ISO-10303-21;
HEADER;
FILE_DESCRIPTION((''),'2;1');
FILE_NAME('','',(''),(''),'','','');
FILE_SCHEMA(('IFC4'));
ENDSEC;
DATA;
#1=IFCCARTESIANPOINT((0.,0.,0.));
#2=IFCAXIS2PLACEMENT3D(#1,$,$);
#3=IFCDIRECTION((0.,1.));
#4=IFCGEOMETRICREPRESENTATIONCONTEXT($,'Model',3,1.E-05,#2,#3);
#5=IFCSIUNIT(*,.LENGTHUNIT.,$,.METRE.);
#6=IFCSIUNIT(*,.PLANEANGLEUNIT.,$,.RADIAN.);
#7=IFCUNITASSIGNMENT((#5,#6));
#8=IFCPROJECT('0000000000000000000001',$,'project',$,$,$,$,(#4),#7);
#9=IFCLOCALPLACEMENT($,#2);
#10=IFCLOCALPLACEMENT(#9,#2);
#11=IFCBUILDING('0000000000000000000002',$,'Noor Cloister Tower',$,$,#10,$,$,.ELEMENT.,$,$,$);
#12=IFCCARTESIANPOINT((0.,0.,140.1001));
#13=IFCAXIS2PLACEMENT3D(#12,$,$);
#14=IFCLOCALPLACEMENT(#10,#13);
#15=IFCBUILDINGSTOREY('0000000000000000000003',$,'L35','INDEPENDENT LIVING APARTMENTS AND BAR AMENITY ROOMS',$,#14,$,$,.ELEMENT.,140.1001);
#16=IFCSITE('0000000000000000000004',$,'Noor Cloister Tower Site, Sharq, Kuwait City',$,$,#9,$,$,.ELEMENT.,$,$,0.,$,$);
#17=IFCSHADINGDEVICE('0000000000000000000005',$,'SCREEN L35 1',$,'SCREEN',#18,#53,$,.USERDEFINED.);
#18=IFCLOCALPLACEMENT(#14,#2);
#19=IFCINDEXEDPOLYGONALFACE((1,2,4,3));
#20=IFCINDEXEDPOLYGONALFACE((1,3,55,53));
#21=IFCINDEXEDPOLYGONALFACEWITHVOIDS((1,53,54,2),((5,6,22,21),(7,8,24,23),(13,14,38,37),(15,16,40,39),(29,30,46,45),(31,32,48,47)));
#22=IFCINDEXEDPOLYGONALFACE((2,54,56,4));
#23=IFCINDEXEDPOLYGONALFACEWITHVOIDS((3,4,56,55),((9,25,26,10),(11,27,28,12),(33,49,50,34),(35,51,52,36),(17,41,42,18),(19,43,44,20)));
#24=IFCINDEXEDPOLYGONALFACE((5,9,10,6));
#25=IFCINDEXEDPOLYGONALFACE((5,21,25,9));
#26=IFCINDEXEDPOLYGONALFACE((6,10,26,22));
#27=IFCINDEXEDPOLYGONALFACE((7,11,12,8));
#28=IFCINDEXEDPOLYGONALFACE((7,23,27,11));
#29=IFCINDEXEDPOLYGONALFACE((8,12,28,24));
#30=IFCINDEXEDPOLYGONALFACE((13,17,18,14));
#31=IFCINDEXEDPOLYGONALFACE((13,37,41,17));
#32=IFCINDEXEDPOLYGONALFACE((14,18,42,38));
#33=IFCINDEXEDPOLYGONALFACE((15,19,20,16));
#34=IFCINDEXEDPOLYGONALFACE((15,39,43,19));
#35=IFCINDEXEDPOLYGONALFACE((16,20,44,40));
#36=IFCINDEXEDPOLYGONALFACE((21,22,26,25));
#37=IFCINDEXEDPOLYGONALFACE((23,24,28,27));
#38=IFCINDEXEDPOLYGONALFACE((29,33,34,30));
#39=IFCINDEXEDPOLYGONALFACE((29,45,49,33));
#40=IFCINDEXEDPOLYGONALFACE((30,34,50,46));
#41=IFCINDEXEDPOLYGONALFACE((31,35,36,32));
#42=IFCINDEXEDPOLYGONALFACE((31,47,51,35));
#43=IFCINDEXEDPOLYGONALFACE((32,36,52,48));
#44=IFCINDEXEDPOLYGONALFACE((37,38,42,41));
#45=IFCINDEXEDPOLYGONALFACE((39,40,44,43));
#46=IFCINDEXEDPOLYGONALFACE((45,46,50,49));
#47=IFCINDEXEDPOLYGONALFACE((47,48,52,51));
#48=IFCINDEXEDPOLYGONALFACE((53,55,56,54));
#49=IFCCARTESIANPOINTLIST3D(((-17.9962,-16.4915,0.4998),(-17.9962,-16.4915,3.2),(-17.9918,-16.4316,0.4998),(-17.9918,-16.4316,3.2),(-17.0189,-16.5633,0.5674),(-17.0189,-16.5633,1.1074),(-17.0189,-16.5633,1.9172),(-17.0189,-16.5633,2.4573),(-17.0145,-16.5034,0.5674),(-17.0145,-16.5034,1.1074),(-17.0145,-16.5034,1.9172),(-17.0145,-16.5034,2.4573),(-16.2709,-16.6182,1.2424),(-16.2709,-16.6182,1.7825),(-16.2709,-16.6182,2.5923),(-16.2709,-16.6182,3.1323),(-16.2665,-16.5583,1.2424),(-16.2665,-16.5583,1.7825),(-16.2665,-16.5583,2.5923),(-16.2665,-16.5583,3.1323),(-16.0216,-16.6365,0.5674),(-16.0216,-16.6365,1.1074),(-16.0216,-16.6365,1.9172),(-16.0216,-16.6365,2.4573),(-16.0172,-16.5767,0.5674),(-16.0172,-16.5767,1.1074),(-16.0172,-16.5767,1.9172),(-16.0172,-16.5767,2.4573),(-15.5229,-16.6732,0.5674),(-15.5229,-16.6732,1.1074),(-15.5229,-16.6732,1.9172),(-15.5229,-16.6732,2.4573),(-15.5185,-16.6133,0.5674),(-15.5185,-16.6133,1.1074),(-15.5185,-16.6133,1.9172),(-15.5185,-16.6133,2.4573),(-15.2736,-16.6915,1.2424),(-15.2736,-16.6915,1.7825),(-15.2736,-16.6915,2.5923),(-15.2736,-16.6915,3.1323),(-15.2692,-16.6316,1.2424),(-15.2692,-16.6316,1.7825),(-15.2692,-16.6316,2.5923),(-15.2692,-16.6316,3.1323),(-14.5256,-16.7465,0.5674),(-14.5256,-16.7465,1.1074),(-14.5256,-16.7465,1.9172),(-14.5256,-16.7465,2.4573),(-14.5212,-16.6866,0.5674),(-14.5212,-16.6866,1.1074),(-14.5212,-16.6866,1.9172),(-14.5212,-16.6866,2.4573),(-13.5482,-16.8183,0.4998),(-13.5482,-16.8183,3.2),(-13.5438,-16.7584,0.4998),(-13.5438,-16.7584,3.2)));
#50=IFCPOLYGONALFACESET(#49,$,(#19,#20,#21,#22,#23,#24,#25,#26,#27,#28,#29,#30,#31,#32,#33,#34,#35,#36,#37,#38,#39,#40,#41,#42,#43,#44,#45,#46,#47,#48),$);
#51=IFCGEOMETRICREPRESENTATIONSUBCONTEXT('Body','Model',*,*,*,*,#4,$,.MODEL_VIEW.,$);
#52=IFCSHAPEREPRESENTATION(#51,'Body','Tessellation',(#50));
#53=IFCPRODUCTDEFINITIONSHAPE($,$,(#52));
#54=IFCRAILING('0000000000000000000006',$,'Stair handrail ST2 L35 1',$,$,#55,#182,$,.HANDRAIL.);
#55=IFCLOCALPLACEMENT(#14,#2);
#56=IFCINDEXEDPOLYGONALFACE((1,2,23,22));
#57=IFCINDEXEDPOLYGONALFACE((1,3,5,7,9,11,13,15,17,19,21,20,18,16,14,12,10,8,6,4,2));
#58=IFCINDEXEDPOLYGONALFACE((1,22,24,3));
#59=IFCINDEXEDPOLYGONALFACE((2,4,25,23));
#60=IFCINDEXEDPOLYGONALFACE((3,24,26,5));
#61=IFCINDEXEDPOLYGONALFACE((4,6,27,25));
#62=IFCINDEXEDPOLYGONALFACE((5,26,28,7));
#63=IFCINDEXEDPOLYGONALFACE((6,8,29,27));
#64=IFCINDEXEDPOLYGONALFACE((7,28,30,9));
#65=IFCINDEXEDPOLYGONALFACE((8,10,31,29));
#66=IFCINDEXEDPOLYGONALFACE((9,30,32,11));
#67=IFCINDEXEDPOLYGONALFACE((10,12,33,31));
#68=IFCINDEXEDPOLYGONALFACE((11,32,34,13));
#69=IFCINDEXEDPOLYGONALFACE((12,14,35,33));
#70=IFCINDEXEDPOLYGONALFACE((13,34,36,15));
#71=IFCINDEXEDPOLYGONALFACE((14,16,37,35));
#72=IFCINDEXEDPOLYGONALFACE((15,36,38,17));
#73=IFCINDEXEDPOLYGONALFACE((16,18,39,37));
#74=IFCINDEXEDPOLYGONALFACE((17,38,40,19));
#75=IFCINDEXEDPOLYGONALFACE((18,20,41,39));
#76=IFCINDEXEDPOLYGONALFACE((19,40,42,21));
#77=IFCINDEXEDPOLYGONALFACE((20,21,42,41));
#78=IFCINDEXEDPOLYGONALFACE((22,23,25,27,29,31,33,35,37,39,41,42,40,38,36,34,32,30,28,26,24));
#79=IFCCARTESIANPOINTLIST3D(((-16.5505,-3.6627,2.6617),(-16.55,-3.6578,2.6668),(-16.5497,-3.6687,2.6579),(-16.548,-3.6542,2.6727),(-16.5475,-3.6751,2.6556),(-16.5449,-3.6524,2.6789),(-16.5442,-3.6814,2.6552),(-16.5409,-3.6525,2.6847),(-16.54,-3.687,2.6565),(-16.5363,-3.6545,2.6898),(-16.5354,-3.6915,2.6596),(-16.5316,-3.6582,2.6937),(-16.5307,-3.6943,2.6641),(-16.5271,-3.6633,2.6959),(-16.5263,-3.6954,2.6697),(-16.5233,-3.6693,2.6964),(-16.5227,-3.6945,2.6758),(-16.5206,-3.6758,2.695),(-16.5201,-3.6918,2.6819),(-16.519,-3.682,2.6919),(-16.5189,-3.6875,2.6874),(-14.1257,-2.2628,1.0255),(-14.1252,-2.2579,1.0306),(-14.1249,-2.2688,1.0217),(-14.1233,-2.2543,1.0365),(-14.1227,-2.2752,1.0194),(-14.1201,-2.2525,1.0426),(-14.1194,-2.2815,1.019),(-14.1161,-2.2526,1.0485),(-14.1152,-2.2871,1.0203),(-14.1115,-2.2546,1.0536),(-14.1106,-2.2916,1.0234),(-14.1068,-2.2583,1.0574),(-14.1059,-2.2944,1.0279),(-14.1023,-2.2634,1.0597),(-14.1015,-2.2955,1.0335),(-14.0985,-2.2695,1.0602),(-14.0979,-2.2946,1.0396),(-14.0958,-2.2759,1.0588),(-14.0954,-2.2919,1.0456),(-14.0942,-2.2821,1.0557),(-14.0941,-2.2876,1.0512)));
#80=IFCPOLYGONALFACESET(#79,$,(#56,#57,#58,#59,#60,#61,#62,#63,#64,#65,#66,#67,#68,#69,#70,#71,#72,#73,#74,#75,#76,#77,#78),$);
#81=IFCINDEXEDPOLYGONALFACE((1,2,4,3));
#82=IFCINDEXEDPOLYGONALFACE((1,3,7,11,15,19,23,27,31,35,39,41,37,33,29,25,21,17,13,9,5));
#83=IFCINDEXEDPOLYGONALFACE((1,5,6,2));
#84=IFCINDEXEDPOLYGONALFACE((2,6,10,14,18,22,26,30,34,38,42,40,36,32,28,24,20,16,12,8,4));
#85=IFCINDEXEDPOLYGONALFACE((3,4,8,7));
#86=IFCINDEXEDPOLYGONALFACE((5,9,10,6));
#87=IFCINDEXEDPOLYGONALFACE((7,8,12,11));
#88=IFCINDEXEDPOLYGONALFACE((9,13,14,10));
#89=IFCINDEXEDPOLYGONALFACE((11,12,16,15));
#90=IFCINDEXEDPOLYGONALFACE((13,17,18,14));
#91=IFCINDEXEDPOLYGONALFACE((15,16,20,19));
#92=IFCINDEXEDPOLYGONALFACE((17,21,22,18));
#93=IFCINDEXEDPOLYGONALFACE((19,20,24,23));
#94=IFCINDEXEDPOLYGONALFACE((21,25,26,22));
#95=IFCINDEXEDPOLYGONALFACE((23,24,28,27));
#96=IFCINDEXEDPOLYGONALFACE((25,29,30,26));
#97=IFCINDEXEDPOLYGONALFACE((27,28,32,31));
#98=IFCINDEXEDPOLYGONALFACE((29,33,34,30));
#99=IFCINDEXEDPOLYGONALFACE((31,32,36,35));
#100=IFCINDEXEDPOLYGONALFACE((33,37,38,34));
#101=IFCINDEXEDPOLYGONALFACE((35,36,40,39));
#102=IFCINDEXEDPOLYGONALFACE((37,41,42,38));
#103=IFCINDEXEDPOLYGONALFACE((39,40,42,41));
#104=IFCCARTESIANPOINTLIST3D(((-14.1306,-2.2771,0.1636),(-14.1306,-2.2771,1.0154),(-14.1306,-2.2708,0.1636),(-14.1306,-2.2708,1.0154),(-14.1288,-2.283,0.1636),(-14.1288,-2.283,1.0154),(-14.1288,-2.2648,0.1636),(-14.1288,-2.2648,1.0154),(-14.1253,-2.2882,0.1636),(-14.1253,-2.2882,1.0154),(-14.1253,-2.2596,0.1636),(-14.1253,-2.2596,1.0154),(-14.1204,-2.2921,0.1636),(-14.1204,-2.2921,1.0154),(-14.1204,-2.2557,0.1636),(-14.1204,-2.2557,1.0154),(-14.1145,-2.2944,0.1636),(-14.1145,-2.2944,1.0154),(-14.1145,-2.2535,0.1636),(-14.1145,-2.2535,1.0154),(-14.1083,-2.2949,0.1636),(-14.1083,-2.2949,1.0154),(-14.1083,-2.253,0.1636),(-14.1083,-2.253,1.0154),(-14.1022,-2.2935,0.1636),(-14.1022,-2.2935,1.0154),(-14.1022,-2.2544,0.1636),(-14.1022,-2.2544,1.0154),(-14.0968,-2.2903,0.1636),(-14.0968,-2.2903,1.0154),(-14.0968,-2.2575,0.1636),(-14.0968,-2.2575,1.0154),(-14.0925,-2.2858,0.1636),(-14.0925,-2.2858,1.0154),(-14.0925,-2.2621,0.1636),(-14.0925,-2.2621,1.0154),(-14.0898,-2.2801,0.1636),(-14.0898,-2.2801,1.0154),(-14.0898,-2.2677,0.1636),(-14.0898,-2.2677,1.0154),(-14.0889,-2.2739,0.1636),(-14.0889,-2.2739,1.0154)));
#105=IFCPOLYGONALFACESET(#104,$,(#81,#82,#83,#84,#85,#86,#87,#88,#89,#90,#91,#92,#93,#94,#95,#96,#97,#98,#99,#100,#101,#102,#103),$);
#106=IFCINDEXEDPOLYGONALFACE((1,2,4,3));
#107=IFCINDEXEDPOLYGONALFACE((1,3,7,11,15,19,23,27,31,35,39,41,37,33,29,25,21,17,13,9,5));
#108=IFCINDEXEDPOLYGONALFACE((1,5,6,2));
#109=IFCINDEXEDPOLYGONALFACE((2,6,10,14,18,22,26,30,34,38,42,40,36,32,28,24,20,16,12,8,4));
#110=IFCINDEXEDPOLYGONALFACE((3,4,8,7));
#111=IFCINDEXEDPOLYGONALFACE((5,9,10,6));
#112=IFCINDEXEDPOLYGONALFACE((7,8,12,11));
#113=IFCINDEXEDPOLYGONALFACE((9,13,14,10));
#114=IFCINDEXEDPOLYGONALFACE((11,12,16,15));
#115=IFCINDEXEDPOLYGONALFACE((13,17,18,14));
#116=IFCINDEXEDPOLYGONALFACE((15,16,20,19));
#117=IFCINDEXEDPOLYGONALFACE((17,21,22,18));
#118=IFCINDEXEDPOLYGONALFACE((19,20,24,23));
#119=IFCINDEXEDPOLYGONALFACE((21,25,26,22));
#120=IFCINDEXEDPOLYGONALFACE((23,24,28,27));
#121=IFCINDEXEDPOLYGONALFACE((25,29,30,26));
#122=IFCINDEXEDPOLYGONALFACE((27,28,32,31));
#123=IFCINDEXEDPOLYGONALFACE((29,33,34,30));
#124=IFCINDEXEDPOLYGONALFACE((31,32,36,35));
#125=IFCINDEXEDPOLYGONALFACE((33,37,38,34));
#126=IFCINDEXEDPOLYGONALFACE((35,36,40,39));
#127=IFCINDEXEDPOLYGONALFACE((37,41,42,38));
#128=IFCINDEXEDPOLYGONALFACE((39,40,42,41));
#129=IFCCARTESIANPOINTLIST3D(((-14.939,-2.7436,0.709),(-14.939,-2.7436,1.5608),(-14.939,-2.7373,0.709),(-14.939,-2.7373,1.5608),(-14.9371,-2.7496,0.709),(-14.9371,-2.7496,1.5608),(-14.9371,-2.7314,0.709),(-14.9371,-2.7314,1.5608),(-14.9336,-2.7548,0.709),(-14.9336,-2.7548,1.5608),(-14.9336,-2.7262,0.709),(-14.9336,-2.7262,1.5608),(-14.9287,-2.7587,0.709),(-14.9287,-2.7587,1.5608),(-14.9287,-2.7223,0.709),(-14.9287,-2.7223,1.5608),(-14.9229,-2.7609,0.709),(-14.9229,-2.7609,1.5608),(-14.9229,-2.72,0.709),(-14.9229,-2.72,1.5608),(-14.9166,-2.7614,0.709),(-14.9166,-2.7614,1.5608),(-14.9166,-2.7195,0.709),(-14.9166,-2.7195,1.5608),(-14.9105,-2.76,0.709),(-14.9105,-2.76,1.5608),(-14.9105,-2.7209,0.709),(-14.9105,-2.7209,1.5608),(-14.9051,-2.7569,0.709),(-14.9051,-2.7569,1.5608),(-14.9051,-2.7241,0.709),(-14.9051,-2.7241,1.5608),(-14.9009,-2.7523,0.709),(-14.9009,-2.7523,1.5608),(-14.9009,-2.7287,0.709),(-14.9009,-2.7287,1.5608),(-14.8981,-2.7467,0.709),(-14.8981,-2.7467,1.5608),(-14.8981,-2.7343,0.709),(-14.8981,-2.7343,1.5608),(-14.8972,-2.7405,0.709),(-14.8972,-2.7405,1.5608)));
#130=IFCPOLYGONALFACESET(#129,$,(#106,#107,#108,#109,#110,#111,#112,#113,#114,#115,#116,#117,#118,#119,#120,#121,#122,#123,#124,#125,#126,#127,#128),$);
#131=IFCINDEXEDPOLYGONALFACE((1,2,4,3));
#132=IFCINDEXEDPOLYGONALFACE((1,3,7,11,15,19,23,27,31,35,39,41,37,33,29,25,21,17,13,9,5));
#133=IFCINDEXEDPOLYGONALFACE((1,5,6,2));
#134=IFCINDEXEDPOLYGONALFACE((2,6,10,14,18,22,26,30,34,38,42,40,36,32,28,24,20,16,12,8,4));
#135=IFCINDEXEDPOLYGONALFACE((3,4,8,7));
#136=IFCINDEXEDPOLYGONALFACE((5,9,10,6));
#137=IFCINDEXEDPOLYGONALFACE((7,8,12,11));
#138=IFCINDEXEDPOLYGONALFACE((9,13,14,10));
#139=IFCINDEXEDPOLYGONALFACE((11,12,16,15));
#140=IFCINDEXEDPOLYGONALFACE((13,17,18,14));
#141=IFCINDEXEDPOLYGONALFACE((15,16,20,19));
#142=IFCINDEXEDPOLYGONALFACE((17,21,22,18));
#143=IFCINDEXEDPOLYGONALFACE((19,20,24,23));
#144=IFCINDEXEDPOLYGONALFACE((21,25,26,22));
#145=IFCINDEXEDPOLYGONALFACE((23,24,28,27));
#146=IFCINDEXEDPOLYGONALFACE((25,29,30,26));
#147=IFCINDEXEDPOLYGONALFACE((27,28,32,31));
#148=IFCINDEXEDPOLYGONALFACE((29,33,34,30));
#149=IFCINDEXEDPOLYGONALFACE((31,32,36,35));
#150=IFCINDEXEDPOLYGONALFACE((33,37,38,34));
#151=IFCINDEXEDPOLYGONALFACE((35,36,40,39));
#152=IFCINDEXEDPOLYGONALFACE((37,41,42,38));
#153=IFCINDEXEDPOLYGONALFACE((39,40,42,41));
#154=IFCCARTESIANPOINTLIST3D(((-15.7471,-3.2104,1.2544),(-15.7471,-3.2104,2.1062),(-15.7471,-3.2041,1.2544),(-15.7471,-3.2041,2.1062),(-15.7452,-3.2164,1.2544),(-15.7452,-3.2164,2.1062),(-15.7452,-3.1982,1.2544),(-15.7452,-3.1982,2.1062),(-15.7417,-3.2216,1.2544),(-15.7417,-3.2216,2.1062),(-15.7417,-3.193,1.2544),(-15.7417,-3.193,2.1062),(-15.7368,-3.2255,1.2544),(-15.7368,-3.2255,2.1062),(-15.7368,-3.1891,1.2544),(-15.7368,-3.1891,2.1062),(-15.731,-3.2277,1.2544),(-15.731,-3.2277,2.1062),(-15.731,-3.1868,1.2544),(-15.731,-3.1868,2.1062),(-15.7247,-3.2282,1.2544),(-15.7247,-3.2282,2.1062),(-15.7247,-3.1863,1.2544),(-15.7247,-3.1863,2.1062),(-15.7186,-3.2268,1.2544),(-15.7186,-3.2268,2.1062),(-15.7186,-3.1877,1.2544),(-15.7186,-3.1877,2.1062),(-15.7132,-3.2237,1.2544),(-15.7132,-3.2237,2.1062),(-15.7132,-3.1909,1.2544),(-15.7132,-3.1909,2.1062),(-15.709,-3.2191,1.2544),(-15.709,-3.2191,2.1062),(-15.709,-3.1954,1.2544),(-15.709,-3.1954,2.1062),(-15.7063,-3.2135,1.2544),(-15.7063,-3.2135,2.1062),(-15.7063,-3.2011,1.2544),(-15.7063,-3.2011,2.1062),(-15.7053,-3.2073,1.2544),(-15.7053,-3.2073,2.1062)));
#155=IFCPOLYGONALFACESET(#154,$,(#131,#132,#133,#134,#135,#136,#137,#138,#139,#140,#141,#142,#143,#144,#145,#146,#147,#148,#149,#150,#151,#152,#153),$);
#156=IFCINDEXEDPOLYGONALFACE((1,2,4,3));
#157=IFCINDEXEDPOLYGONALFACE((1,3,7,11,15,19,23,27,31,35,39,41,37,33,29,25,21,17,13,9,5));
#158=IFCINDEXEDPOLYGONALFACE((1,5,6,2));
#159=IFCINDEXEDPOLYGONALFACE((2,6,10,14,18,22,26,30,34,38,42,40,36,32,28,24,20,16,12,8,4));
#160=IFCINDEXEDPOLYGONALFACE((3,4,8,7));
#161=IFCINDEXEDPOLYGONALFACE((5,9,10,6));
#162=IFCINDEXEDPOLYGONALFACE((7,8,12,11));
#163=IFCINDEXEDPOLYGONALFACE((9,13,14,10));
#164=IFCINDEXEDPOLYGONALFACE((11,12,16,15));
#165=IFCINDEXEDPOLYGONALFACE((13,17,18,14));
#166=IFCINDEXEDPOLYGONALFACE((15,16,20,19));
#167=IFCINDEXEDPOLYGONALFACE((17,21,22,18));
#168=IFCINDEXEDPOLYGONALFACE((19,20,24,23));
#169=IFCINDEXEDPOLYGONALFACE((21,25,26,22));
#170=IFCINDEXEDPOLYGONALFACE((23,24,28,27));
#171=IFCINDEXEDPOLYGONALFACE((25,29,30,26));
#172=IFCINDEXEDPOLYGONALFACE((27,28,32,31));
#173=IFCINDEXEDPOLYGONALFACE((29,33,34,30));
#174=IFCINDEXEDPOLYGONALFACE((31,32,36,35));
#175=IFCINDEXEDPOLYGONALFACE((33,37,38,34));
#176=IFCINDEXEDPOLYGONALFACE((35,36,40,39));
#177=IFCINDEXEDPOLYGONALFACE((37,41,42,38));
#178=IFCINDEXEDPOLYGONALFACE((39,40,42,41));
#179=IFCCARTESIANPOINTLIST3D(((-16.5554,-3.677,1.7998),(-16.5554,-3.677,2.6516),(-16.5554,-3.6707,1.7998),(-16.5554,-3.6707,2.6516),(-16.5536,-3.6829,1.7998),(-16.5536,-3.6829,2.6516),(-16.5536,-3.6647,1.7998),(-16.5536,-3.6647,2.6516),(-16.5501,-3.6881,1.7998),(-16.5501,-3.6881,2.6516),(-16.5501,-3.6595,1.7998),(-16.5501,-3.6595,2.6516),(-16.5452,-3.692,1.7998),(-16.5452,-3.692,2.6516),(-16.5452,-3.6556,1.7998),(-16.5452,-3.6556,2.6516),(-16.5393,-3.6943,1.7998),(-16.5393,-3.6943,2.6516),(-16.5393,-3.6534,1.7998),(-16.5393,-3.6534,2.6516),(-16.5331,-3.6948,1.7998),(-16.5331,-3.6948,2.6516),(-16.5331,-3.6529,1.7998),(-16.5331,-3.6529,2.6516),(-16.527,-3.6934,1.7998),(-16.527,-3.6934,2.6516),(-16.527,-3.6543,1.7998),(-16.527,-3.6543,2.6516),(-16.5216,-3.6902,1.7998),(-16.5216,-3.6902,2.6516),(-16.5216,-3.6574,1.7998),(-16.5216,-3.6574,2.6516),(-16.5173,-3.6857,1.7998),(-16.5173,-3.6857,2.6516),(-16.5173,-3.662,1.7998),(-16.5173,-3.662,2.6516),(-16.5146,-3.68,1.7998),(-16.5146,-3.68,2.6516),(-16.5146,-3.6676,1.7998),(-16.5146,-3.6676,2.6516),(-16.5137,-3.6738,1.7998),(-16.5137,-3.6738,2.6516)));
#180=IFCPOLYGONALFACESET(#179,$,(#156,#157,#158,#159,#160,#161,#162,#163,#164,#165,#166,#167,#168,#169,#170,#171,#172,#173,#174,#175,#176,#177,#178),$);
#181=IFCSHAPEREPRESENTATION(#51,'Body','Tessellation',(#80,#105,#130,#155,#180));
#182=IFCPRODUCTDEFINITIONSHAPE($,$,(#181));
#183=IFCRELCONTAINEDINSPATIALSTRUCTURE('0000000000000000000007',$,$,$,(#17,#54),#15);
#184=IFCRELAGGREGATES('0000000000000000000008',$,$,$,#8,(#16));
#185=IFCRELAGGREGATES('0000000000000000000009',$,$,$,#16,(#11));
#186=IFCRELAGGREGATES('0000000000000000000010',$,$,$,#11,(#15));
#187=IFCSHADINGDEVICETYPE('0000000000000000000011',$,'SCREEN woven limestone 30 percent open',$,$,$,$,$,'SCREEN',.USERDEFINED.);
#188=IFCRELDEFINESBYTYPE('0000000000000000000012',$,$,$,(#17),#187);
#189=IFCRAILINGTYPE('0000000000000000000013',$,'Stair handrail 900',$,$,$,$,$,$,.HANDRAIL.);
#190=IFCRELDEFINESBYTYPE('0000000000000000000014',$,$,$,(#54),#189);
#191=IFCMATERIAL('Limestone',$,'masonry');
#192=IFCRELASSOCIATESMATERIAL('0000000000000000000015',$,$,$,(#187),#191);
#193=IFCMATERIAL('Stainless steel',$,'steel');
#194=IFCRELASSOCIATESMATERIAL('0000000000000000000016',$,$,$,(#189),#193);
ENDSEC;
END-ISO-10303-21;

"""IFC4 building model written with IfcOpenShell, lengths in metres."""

from ifc_helpers import new_model, si_unit, direction, frame, origin, origin_2d, place, context, subcontext, project, spatial, polyline, circle, outline, extrude, material, material_profile, profile_set, type_object, element, save


model = new_model("IFC4")

# Units and contexts
model_context = context("Model", 3, precision=1e-05, world=origin(), true_north=direction((0.0, 1.0)))
body_context = subcontext(model_context, "Body", "Model", "MODEL_VIEW")
ifc_project = project(units=[si_unit("LENGTHUNIT", "METRE"), si_unit("PLANEANGLEUNIT", "RADIAN")], contexts=[model_context])

# Site, building, storey
site_placement = place(None, origin())
site = spatial("IfcSite", under=ifc_project, at=site_placement, Name="Noor Cloister Tower Site, Sharq, Kuwait City", CompositionType="ELEMENT", RefElevation=0.0)
building_placement = place(site_placement, origin())
building = spatial("IfcBuilding", under=site, at=building_placement, Name="Noor Cloister Tower", CompositionType="ELEMENT")
storey_placement = place(building_placement, frame((0.0, 0.0, 140.1001)))
storey = spatial("IfcBuildingStorey", under=building, at=storey_placement, Name="L35", Description="INDEPENDENT LIVING APARTMENTS AND BAR AMENITY ROOMS", CompositionType="ELEMENT", Elevation=140.1001)

# Shading device
ifc_material_1 = material(Name="Limestone", Category="masonry")
ifc_material_profile_1 = material_profile(ifc_material_1, outline(polyline([(-2.23, -1.3501), (2.23, -1.3501), (2.23, 1.3501), (-2.23, 1.3501), (-2.23, -1.3501)]), holes=[polyline([(-1.25, -1.2825), (-0.25, -1.2825), (-0.25, -0.7424), (-1.25, -0.7424), (-1.25, -1.2825)]), polyline([(0.25, -1.2825), (1.25, -1.2825), (1.25, -0.7424), (0.25, -0.7424), (0.25, -1.2825)]), polyline([(-0.5, -0.6074), (0.5, -0.6074), (0.5, -0.0674), (-0.5, -0.0674), (-0.5, -0.6074)]), polyline([(-1.25, 0.0674), (-0.25, 0.0674), (-0.25, 0.6074), (-1.25, 0.6074), (-1.25, 0.0674)]), polyline([(0.25, 0.0674), (1.25, 0.0674), (1.25, 0.6074), (0.25, 0.6074), (0.25, 0.0674)]), polyline([(-0.5, 0.7424), (0.5, 0.7424), (0.5, 1.2825), (-0.5, 1.2825), (-0.5, 0.7424)])]), Name="Woven screen 30 percent open")
ifc_profile_set_1 = profile_set([ifc_material_profile_1], Name="Limestone")
shading_device_type = type_object("IfcShadingDeviceType", Name="SCREEN woven limestone 30 percent open", ElementType="SCREEN", PredefinedType="USERDEFINED", material=ifc_profile_set_1)
for number, where, z_axis, x_axis, name in (
    (1, (-15.7678, -16.595, 1.8499), (-0.073272, -0.997312, 0.0), (0.997312, -0.073272, 0.0), "SCREEN L35 1"),
):
    element("IfcShadingDevice", number, at=place(storey_placement, frame(where, z_axis=z_axis, x_axis=x_axis)), inside=storey, type_object=shading_device_type, Name=name, ObjectType="SCREEN", PredefinedType="USERDEFINED", context=body_context, shape_type="SweptSolid", body=[
        extrude(outline(polyline([(-2.23, -1.3501), (2.23, -1.3501), (2.23, 1.3501), (-2.23, 1.3501), (-2.23, -1.3501)]), holes=[polyline([(-1.25, -1.2825), (-0.25, -1.2825), (-0.25, -0.7424), (-1.25, -0.7424), (-1.25, -1.2825)]), polyline([(0.25, -1.2825), (1.25, -1.2825), (1.25, -0.7424), (0.25, -0.7424), (0.25, -1.2825)]), polyline([(-0.5, -0.6074), (0.5, -0.6074), (0.5, -0.0674), (-0.5, -0.0674), (-0.5, -0.6074)]), polyline([(-1.25, 0.0674), (-0.25, 0.0674), (-0.25, 0.6074), (-1.25, 0.6074), (-1.25, 0.0674)]), polyline([(0.25, 0.0674), (1.25, 0.0674), (1.25, 0.6074), (0.25, 0.6074), (0.25, 0.0674)]), polyline([(-0.5, 0.7424), (0.5, 0.7424), (0.5, 1.2825), (-0.5, 1.2825), (-0.5, 0.7424)])]), origin(), (0.0, 0.0, 1.0), 0.0601),
    ])

# Railing
ifc_material_2 = material(Name="Stainless steel", Category="steel")
railing_type_1 = type_object("IfcRailingType", Name="Stair handrail 900", PredefinedType="HANDRAIL", material=ifc_material_2)
railing_1_placement = place(storey_placement, frame((-14.1099, -2.2739, 0.1636)))
element("IfcRailing", 2, at=railing_1_placement, inside=storey, type_object=railing_type_1, Name="Stair handrail ST2 L35 1", PredefinedType="HANDRAIL", context=body_context, shape_type="SweptSolid", body=[
    extrude(circle(Radius=0.0239, at=origin_2d()), frame((0.0, 0.0, 0.876), z_axis=(-0.747718, -0.431677, 0.504552), x_axis=(0.499984, -0.866035, 0.0)), (0.0, 0.0, 1.0), 3.2429),
    extrude(circle(Radius=0.021, at=origin_2d()), origin(), (0.0, 0.0, 1.0), 0.8518),
    extrude(circle(Radius=0.021, at=origin_2d()), frame((-0.8083, -0.4666, 0.5454)), (0.0, 0.0, 1.0), 0.8518),
    extrude(circle(Radius=0.021, at=origin_2d()), frame((-1.6165, -0.9333, 1.0908)), (0.0, 0.0, 1.0), 0.8518),
    extrude(circle(Radius=0.021, at=origin_2d()), frame((-2.4248, -1.3999, 1.6362)), (0.0, 0.0, 1.0), 0.8518),
])

save(model, "model.ifc")
